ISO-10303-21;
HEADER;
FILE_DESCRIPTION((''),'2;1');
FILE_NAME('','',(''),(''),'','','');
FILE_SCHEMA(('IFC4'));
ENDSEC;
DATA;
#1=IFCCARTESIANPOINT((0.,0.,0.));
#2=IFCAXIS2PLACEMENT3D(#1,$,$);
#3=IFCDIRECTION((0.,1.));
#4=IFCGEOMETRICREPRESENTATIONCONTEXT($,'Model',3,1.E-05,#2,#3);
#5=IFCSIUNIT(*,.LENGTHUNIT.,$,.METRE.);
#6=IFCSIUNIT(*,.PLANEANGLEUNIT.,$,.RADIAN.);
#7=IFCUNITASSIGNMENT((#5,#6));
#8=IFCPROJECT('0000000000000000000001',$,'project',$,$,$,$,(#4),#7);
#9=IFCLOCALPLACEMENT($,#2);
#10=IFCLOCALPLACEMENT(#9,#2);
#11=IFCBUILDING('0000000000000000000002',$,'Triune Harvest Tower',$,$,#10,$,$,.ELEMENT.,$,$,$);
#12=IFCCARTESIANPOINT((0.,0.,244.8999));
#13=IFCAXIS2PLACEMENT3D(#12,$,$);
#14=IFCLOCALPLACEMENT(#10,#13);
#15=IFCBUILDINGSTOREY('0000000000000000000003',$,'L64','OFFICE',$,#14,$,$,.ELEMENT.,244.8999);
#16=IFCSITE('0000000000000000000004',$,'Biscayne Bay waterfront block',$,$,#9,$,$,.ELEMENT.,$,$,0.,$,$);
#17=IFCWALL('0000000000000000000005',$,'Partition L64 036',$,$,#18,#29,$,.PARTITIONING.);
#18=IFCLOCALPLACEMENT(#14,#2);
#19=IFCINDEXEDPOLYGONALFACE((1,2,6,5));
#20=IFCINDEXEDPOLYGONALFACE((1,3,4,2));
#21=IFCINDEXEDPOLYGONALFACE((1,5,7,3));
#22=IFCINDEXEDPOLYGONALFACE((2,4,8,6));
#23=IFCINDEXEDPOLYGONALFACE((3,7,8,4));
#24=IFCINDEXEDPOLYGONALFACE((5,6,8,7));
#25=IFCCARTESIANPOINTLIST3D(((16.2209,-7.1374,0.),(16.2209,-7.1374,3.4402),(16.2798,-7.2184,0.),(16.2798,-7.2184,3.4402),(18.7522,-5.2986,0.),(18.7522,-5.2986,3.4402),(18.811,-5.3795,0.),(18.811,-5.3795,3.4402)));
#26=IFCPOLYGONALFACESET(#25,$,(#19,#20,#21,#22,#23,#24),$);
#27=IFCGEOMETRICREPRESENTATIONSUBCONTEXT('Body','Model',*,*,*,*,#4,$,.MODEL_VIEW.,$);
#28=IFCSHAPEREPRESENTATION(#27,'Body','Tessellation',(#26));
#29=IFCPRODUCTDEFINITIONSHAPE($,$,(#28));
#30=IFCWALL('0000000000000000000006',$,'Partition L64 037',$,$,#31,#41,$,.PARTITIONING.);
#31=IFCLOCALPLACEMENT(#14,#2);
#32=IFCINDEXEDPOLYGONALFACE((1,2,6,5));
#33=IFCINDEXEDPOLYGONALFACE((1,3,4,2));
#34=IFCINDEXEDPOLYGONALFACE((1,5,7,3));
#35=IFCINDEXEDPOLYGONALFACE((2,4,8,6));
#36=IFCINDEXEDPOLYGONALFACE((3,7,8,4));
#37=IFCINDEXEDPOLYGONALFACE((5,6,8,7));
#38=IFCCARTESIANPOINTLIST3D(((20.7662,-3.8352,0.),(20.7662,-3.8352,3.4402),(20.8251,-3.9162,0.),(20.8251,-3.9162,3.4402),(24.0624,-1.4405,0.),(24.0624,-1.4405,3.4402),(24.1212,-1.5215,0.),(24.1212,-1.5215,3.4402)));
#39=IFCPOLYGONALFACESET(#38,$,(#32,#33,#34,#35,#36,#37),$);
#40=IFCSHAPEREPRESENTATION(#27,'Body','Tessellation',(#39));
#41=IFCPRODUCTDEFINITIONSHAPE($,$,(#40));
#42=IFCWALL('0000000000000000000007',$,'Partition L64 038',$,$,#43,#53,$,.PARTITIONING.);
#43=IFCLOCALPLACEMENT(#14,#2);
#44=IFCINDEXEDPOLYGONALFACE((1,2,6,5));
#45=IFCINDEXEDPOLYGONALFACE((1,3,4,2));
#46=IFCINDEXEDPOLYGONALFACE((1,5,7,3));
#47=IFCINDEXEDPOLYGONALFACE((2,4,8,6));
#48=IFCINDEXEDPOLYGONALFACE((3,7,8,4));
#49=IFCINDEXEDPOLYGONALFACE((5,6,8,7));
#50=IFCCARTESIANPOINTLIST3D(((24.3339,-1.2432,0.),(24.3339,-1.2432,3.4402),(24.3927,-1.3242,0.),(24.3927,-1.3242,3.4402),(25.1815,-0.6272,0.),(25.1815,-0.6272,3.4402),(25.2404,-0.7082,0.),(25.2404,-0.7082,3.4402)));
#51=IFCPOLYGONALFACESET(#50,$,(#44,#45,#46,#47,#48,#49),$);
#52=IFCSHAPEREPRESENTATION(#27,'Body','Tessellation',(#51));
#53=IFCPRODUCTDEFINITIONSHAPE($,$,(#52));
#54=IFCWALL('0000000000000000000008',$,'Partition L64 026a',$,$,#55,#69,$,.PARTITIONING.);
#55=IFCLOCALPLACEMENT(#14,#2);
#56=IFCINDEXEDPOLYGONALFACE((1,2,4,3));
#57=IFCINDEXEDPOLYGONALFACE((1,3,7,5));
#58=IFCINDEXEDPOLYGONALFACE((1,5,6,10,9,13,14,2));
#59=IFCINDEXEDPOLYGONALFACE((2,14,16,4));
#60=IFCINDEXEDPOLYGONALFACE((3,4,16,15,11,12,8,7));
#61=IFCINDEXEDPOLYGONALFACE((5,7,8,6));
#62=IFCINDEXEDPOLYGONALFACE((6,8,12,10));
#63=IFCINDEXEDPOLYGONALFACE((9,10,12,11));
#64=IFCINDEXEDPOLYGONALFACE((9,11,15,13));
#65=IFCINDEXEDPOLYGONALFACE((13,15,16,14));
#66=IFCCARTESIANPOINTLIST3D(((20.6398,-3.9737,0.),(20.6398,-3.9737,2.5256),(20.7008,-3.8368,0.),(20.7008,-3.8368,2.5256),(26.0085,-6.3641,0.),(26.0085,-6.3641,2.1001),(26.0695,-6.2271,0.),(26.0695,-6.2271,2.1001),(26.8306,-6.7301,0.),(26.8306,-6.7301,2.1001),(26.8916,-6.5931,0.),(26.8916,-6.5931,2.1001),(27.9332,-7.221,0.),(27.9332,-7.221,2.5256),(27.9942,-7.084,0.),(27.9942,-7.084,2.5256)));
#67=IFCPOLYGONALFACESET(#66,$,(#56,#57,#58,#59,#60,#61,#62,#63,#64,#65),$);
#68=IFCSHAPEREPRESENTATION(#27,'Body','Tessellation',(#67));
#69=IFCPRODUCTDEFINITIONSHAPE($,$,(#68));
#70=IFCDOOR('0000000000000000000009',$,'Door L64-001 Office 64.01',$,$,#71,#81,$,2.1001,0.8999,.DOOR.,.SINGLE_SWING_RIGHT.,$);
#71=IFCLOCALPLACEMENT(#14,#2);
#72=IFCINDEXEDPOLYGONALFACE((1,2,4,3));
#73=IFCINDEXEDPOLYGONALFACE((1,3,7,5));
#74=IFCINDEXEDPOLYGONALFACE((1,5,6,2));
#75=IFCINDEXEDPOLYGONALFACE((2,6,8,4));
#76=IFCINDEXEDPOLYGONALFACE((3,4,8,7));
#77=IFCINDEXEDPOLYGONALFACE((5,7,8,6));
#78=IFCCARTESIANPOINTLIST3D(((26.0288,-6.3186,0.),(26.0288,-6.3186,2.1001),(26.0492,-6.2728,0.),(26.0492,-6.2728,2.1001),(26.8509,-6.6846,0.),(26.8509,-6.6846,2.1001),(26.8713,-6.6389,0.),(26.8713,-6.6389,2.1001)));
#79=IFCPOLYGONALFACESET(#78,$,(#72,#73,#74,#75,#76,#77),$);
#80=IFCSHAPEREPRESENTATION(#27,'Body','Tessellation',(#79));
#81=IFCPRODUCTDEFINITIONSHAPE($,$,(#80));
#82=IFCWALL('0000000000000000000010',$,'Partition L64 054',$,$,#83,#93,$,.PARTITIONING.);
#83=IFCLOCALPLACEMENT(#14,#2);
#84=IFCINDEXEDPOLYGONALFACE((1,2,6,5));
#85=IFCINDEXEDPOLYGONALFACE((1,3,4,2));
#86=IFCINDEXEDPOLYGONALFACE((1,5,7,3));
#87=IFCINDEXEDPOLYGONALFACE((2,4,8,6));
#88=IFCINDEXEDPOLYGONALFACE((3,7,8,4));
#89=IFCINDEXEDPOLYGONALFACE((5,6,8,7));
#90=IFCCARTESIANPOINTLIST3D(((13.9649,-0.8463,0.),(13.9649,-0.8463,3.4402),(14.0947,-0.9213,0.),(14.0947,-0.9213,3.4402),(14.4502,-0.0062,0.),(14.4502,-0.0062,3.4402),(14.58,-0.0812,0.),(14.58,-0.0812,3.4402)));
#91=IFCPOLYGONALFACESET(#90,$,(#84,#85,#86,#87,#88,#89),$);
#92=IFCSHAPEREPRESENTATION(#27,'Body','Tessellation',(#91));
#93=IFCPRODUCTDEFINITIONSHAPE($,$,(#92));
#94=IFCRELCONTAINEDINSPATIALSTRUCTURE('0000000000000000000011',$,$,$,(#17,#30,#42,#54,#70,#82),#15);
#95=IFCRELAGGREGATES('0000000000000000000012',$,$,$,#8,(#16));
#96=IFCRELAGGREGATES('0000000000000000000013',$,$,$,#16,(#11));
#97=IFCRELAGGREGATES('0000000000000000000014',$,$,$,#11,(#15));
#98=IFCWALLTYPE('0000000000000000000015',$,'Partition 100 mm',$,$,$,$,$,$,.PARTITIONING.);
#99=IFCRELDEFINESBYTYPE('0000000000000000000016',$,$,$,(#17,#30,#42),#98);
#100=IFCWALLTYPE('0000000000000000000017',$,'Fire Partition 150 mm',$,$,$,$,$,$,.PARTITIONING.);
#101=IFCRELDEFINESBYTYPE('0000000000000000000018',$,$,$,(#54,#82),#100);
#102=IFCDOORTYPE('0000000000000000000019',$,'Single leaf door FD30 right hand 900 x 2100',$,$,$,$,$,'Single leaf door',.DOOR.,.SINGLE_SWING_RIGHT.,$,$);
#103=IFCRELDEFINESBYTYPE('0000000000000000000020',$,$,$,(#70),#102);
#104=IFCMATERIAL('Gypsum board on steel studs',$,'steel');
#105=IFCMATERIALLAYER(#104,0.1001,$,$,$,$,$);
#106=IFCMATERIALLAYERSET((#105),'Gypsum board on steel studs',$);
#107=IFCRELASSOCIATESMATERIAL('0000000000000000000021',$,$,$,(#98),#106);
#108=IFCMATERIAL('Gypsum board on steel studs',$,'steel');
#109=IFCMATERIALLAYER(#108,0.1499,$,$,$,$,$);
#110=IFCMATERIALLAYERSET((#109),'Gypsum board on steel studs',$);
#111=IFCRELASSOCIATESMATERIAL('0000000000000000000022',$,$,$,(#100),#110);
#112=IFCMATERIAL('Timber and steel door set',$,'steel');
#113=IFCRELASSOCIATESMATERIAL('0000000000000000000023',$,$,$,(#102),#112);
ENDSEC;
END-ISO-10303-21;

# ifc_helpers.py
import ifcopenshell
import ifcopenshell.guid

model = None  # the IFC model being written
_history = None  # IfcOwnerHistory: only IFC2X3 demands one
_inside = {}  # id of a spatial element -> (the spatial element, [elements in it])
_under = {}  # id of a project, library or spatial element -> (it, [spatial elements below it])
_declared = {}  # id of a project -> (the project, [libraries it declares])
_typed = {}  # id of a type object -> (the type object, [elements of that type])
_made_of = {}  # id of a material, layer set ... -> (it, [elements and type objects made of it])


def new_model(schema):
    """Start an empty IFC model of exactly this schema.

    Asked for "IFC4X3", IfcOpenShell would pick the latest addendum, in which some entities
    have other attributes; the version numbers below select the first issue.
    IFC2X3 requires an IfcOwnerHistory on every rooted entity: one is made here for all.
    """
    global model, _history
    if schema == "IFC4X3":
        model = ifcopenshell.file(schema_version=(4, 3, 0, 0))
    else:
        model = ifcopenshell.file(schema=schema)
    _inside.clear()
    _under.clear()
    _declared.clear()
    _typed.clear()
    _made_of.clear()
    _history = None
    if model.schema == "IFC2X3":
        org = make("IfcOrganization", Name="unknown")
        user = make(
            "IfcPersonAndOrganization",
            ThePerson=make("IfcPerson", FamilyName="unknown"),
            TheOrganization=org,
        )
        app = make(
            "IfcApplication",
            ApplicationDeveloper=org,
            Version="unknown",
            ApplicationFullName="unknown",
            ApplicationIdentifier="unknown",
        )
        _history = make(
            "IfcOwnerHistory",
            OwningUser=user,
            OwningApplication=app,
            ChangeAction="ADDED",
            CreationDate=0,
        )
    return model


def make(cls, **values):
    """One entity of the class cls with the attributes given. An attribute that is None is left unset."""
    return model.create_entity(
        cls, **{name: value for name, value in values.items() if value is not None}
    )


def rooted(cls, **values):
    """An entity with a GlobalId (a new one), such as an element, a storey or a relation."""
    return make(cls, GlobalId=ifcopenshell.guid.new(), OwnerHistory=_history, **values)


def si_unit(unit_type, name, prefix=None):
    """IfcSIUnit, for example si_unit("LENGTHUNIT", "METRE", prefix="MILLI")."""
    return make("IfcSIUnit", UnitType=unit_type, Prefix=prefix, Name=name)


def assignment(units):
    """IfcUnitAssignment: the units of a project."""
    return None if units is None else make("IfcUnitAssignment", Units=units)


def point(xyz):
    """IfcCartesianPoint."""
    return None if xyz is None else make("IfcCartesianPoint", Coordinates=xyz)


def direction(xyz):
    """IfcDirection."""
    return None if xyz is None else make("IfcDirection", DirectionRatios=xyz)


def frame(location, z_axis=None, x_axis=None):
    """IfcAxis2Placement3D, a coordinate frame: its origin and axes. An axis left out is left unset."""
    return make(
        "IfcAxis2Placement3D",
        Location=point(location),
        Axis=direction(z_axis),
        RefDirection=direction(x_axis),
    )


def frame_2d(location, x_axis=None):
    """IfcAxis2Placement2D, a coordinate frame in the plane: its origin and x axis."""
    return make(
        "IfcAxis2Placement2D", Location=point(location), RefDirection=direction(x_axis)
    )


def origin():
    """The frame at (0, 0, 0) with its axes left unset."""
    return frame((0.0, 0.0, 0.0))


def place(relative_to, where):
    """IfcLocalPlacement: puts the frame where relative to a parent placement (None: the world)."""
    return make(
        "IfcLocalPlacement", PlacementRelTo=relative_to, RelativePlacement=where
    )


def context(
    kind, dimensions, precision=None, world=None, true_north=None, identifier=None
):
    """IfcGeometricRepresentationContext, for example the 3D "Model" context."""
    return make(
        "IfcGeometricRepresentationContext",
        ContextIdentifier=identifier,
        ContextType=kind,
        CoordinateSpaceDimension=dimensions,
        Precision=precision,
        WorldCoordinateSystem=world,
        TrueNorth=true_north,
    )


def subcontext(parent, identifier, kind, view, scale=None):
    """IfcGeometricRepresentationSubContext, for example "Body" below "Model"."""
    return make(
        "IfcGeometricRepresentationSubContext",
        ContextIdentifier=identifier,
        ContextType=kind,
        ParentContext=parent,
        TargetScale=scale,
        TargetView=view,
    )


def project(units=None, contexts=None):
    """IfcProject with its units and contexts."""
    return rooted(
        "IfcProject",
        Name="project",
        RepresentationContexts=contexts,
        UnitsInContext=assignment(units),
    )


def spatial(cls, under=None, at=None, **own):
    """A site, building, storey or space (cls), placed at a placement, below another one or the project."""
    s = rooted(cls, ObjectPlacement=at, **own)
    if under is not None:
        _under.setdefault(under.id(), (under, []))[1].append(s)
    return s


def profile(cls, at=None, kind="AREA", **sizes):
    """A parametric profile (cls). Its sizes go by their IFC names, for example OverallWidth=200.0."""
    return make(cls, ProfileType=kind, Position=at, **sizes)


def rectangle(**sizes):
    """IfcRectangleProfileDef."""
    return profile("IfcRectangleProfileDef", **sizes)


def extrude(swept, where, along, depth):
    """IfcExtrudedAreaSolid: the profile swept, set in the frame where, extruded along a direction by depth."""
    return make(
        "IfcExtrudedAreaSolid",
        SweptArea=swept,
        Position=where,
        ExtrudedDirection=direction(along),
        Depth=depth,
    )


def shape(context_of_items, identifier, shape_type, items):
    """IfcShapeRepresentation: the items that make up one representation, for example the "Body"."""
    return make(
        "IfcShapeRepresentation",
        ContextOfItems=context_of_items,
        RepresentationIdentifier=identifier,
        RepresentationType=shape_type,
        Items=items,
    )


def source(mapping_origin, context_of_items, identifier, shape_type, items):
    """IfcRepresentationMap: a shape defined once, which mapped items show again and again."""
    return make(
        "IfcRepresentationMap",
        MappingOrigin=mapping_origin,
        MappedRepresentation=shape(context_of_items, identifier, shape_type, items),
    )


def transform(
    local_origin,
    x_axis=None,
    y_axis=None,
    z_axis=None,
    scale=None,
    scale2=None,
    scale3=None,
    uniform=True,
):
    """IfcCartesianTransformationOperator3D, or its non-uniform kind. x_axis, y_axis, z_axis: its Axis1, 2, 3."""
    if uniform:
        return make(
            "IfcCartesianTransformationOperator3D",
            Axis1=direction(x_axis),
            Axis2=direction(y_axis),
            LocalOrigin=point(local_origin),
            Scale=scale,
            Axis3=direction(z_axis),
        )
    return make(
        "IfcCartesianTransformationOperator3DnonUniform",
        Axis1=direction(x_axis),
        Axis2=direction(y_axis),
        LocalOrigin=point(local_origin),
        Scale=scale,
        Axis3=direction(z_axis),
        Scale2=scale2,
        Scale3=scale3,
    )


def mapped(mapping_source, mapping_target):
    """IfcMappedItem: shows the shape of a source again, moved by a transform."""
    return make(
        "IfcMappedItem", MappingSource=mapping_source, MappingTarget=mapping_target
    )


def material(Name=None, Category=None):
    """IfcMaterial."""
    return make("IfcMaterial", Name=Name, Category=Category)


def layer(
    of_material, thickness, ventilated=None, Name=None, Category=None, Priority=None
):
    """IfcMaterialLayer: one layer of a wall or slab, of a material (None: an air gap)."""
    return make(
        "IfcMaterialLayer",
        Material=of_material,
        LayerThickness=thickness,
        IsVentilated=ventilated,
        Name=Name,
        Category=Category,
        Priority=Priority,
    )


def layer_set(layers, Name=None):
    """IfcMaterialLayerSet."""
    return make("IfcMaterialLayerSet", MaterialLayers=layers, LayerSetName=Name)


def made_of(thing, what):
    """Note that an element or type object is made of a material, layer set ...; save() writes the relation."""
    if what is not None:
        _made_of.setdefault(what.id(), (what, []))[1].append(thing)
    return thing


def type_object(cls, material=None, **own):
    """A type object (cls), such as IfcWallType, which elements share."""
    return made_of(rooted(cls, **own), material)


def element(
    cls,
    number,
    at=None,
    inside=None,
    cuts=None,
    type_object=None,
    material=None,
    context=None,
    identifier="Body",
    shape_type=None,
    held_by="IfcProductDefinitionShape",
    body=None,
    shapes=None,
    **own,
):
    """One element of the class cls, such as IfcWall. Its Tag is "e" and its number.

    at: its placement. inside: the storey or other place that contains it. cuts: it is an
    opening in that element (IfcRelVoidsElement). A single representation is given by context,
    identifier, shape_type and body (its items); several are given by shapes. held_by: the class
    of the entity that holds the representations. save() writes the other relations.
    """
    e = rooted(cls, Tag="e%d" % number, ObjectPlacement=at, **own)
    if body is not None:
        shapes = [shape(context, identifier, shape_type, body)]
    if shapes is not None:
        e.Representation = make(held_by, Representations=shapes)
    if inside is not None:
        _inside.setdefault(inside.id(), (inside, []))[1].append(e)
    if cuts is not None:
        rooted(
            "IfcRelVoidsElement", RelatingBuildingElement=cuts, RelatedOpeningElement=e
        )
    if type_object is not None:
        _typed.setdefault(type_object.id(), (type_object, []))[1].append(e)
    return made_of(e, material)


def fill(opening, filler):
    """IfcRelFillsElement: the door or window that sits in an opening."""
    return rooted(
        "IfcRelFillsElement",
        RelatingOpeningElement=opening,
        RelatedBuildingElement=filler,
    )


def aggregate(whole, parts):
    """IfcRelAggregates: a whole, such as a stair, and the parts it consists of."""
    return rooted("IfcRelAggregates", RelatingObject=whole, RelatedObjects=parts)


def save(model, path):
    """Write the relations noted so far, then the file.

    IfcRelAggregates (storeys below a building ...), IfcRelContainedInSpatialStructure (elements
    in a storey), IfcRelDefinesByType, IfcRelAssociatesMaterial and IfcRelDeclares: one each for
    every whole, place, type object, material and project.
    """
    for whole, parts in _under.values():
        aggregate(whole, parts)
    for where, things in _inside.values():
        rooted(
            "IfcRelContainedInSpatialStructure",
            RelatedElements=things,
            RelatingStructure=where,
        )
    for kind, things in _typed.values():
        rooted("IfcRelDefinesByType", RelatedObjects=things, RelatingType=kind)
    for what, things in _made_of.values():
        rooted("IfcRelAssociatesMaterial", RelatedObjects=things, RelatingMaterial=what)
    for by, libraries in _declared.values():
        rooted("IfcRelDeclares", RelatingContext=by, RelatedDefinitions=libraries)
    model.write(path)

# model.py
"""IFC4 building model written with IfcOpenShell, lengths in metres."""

from ifc_helpers import new_model, si_unit, direction, frame, frame_2d, origin, place, context, subcontext, project, spatial, rectangle, extrude, source, transform, mapped, material, layer, layer_set, type_object, element, fill, save


model = new_model("IFC4")

# Units and contexts
model_context = context("Model", 3, precision=1e-05, world=origin(), true_north=direction((0.0, 1.0)))
body_context = subcontext(model_context, "Body", "Model", "MODEL_VIEW")
ifc_project = project(units=[si_unit("LENGTHUNIT", "METRE"), si_unit("PLANEANGLEUNIT", "RADIAN")], contexts=[model_context])

# Site, building, storey
site_placement = place(None, origin())
site = spatial("IfcSite", under=ifc_project, at=site_placement, Name="Biscayne Bay waterfront block", CompositionType="ELEMENT", RefElevation=0.0)
building_placement = place(site_placement, origin())
building = spatial("IfcBuilding", under=site, at=building_placement, Name="Triune Harvest Tower", CompositionType="ELEMENT")
storey_placement = place(building_placement, frame((0.0, 0.0, 244.8999)))
storey = spatial("IfcBuildingStorey", under=building, at=storey_placement, Name="L64", Description="OFFICE", CompositionType="ELEMENT", Elevation=244.8999)

# Walls
ifc_material_1 = material(Name="Gypsum board on steel studs", Category="steel")
ifc_layer_1 = layer(ifc_material_1, 0.1001)
ifc_layer_set_1 = layer_set([ifc_layer_1], Name="Gypsum board on steel studs")
wall_type_1 = type_object("IfcWallType", Name="Partition 100 mm", PredefinedType="PARTITIONING", material=ifc_layer_set_1)
wall_1_placement = place(storey_placement, frame((16.2502, -7.178, 0.0), z_axis=(0.0, 0.0, 1.0), x_axis=(0.809046, 0.587745, 0.0)))
element("IfcWall", 1, at=wall_1_placement, inside=storey, type_object=wall_type_1, Name="Partition L64 036", PredefinedType="PARTITIONING", context=body_context, shape_type="SweptSolid", body=[
    extrude(rectangle(XDim=3.1287, YDim=0.1001, at=frame_2d((1.5645, 0.0))), origin(), (0.0, 0.0, 1.0), 3.4402),
])
wall_2_placement = place(storey_placement, frame((20.7957, -3.8757, 0.0), z_axis=(0.0, 0.0, 1.0), x_axis=(0.809018, 0.587783, 0.0)))
element("IfcWall", 2, at=wall_2_placement, inside=storey, type_object=wall_type_1, Name="Partition L64 037", PredefinedType="PARTITIONING", context=body_context, shape_type="SweptSolid", body=[
    extrude(rectangle(XDim=4.0742, YDim=0.1001, at=frame_2d((2.0371, 0.0))), origin(), (0.0, 0.0, 1.0), 3.4402),
])
shared_shape_1 = source(origin(), body_context, "Body", "SweptSolid", [
    extrude(rectangle(XDim=1.0479, YDim=0.1001, at=frame_2d((0.5239, 0.0))), origin(), (0.0, 0.0, 1.0), 3.4402),
])
wall_3_placement = place(storey_placement, frame((24.3633, -1.2837, 0.0), z_axis=(0.0, 0.0, 1.0), x_axis=(0.808968, 0.587853, 0.0)))
element("IfcWall", 3, at=wall_3_placement, inside=storey, type_object=wall_type_1, Name="Partition L64 038", PredefinedType="PARTITIONING", context=body_context, shape_type="MappedRepresentation", body=[
    mapped(shared_shape_1, transform((0.0, 0.0, 0.0), scale=1.0)),
])

# Wall, opening, door
ifc_material_2 = material(Name="Gypsum board on steel studs", Category="steel")
ifc_layer_2 = layer(ifc_material_2, 0.1499)
ifc_layer_set_2 = layer_set([ifc_layer_2], Name="Gypsum board on steel studs")
wall_type_2 = type_object("IfcWallType", Name="Fire Partition 150 mm", PredefinedType="PARTITIONING", material=ifc_layer_set_2)
shared_shape_2 = source(origin(), body_context, "Body", "SweptSolid", [
    extrude(rectangle(XDim=7.9836, YDim=0.1499, at=frame_2d((3.9917, 0.0))), origin(), (0.0, 0.0, 1.0), 2.5256),
])
wall_4_placement = place(storey_placement, frame((20.6704, -3.9053, 0.0), z_axis=(0.0, 0.0, 1.0), x_axis=(0.913543, -0.406743, 0.0)))
wall_4 = element("IfcWall", 4, at=wall_4_placement, inside=storey, type_object=wall_type_2, Name="Partition L64 026a", PredefinedType="PARTITIONING", context=body_context, shape_type="MappedRepresentation", body=[
    mapped(shared_shape_2, transform((0.0, 0.0, 0.0), scale=1.0)),
])
opening_placement = place(wall_4_placement, frame((5.8767, 0.0, 0.0)))
opening = element("IfcOpeningElement", 5, at=opening_placement, cuts=wall_4, PredefinedType="OPENING", context=body_context, shape_type="SweptSolid", body=[
    extrude(rectangle(XDim=0.8999, YDim=2.1001, at=frame_2d((0.45, 1.05))), frame((0.0, 0.085, 0.0), z_axis=(0.0, -1.0, 0.0), x_axis=(1.0, 0.0, 0.0)), (0.0, 0.0, 1.0), 0.1699),
])
ifc_material_3 = material(Name="Timber and steel door set", Category="steel")
door_type = type_object("IfcDoorType", Name="Single leaf door FD30 right hand 900 x 2100", ElementType="Single leaf door", OperationType="SINGLE_SWING_RIGHT", PredefinedType="DOOR", material=ifc_material_3)
door_placement = place(opening_placement, origin())
door = element("IfcDoor", 6, at=door_placement, inside=storey, type_object=door_type, Name="Door L64-001 Office 64.01", OperationType="SINGLE_SWING_RIGHT", OverallHeight=2.1001, OverallWidth=0.8999, PredefinedType="DOOR", context=body_context, shape_type="SweptSolid", body=[
    extrude(rectangle(XDim=0.8999, YDim=2.1001, at=frame_2d((0.45, 1.05))), frame((0.0, 0.0249, 0.0), z_axis=(0.0, -1.0, 0.0), x_axis=(1.0, 0.0, 0.0)), (0.0, 0.0, 1.0), 0.05),
])
fill(opening, door)

# Wall
shared_shape_3 = source(origin(), body_context, "Body", "SweptSolid", [
    extrude(rectangle(XDim=0.9702, YDim=0.1499, at=frame_2d((0.4851, 0.0))), origin(), (0.0, 0.0, 1.0), 3.4402),
])
wall_5_placement = place(storey_placement, frame((14.0298, -0.8838, 0.0), z_axis=(0.0, 0.0, 1.0), x_axis=(0.500252, 0.86588, 0.0)))
element("IfcWall", 7, at=wall_5_placement, inside=storey, type_object=wall_type_2, Name="Partition L64 054", PredefinedType="PARTITIONING", context=body_context, shape_type="MappedRepresentation", body=[
    mapped(shared_shape_3, transform((0.0, 0.0, 0.0), scale=1.0)),
])

save(model, "model.ifc")
